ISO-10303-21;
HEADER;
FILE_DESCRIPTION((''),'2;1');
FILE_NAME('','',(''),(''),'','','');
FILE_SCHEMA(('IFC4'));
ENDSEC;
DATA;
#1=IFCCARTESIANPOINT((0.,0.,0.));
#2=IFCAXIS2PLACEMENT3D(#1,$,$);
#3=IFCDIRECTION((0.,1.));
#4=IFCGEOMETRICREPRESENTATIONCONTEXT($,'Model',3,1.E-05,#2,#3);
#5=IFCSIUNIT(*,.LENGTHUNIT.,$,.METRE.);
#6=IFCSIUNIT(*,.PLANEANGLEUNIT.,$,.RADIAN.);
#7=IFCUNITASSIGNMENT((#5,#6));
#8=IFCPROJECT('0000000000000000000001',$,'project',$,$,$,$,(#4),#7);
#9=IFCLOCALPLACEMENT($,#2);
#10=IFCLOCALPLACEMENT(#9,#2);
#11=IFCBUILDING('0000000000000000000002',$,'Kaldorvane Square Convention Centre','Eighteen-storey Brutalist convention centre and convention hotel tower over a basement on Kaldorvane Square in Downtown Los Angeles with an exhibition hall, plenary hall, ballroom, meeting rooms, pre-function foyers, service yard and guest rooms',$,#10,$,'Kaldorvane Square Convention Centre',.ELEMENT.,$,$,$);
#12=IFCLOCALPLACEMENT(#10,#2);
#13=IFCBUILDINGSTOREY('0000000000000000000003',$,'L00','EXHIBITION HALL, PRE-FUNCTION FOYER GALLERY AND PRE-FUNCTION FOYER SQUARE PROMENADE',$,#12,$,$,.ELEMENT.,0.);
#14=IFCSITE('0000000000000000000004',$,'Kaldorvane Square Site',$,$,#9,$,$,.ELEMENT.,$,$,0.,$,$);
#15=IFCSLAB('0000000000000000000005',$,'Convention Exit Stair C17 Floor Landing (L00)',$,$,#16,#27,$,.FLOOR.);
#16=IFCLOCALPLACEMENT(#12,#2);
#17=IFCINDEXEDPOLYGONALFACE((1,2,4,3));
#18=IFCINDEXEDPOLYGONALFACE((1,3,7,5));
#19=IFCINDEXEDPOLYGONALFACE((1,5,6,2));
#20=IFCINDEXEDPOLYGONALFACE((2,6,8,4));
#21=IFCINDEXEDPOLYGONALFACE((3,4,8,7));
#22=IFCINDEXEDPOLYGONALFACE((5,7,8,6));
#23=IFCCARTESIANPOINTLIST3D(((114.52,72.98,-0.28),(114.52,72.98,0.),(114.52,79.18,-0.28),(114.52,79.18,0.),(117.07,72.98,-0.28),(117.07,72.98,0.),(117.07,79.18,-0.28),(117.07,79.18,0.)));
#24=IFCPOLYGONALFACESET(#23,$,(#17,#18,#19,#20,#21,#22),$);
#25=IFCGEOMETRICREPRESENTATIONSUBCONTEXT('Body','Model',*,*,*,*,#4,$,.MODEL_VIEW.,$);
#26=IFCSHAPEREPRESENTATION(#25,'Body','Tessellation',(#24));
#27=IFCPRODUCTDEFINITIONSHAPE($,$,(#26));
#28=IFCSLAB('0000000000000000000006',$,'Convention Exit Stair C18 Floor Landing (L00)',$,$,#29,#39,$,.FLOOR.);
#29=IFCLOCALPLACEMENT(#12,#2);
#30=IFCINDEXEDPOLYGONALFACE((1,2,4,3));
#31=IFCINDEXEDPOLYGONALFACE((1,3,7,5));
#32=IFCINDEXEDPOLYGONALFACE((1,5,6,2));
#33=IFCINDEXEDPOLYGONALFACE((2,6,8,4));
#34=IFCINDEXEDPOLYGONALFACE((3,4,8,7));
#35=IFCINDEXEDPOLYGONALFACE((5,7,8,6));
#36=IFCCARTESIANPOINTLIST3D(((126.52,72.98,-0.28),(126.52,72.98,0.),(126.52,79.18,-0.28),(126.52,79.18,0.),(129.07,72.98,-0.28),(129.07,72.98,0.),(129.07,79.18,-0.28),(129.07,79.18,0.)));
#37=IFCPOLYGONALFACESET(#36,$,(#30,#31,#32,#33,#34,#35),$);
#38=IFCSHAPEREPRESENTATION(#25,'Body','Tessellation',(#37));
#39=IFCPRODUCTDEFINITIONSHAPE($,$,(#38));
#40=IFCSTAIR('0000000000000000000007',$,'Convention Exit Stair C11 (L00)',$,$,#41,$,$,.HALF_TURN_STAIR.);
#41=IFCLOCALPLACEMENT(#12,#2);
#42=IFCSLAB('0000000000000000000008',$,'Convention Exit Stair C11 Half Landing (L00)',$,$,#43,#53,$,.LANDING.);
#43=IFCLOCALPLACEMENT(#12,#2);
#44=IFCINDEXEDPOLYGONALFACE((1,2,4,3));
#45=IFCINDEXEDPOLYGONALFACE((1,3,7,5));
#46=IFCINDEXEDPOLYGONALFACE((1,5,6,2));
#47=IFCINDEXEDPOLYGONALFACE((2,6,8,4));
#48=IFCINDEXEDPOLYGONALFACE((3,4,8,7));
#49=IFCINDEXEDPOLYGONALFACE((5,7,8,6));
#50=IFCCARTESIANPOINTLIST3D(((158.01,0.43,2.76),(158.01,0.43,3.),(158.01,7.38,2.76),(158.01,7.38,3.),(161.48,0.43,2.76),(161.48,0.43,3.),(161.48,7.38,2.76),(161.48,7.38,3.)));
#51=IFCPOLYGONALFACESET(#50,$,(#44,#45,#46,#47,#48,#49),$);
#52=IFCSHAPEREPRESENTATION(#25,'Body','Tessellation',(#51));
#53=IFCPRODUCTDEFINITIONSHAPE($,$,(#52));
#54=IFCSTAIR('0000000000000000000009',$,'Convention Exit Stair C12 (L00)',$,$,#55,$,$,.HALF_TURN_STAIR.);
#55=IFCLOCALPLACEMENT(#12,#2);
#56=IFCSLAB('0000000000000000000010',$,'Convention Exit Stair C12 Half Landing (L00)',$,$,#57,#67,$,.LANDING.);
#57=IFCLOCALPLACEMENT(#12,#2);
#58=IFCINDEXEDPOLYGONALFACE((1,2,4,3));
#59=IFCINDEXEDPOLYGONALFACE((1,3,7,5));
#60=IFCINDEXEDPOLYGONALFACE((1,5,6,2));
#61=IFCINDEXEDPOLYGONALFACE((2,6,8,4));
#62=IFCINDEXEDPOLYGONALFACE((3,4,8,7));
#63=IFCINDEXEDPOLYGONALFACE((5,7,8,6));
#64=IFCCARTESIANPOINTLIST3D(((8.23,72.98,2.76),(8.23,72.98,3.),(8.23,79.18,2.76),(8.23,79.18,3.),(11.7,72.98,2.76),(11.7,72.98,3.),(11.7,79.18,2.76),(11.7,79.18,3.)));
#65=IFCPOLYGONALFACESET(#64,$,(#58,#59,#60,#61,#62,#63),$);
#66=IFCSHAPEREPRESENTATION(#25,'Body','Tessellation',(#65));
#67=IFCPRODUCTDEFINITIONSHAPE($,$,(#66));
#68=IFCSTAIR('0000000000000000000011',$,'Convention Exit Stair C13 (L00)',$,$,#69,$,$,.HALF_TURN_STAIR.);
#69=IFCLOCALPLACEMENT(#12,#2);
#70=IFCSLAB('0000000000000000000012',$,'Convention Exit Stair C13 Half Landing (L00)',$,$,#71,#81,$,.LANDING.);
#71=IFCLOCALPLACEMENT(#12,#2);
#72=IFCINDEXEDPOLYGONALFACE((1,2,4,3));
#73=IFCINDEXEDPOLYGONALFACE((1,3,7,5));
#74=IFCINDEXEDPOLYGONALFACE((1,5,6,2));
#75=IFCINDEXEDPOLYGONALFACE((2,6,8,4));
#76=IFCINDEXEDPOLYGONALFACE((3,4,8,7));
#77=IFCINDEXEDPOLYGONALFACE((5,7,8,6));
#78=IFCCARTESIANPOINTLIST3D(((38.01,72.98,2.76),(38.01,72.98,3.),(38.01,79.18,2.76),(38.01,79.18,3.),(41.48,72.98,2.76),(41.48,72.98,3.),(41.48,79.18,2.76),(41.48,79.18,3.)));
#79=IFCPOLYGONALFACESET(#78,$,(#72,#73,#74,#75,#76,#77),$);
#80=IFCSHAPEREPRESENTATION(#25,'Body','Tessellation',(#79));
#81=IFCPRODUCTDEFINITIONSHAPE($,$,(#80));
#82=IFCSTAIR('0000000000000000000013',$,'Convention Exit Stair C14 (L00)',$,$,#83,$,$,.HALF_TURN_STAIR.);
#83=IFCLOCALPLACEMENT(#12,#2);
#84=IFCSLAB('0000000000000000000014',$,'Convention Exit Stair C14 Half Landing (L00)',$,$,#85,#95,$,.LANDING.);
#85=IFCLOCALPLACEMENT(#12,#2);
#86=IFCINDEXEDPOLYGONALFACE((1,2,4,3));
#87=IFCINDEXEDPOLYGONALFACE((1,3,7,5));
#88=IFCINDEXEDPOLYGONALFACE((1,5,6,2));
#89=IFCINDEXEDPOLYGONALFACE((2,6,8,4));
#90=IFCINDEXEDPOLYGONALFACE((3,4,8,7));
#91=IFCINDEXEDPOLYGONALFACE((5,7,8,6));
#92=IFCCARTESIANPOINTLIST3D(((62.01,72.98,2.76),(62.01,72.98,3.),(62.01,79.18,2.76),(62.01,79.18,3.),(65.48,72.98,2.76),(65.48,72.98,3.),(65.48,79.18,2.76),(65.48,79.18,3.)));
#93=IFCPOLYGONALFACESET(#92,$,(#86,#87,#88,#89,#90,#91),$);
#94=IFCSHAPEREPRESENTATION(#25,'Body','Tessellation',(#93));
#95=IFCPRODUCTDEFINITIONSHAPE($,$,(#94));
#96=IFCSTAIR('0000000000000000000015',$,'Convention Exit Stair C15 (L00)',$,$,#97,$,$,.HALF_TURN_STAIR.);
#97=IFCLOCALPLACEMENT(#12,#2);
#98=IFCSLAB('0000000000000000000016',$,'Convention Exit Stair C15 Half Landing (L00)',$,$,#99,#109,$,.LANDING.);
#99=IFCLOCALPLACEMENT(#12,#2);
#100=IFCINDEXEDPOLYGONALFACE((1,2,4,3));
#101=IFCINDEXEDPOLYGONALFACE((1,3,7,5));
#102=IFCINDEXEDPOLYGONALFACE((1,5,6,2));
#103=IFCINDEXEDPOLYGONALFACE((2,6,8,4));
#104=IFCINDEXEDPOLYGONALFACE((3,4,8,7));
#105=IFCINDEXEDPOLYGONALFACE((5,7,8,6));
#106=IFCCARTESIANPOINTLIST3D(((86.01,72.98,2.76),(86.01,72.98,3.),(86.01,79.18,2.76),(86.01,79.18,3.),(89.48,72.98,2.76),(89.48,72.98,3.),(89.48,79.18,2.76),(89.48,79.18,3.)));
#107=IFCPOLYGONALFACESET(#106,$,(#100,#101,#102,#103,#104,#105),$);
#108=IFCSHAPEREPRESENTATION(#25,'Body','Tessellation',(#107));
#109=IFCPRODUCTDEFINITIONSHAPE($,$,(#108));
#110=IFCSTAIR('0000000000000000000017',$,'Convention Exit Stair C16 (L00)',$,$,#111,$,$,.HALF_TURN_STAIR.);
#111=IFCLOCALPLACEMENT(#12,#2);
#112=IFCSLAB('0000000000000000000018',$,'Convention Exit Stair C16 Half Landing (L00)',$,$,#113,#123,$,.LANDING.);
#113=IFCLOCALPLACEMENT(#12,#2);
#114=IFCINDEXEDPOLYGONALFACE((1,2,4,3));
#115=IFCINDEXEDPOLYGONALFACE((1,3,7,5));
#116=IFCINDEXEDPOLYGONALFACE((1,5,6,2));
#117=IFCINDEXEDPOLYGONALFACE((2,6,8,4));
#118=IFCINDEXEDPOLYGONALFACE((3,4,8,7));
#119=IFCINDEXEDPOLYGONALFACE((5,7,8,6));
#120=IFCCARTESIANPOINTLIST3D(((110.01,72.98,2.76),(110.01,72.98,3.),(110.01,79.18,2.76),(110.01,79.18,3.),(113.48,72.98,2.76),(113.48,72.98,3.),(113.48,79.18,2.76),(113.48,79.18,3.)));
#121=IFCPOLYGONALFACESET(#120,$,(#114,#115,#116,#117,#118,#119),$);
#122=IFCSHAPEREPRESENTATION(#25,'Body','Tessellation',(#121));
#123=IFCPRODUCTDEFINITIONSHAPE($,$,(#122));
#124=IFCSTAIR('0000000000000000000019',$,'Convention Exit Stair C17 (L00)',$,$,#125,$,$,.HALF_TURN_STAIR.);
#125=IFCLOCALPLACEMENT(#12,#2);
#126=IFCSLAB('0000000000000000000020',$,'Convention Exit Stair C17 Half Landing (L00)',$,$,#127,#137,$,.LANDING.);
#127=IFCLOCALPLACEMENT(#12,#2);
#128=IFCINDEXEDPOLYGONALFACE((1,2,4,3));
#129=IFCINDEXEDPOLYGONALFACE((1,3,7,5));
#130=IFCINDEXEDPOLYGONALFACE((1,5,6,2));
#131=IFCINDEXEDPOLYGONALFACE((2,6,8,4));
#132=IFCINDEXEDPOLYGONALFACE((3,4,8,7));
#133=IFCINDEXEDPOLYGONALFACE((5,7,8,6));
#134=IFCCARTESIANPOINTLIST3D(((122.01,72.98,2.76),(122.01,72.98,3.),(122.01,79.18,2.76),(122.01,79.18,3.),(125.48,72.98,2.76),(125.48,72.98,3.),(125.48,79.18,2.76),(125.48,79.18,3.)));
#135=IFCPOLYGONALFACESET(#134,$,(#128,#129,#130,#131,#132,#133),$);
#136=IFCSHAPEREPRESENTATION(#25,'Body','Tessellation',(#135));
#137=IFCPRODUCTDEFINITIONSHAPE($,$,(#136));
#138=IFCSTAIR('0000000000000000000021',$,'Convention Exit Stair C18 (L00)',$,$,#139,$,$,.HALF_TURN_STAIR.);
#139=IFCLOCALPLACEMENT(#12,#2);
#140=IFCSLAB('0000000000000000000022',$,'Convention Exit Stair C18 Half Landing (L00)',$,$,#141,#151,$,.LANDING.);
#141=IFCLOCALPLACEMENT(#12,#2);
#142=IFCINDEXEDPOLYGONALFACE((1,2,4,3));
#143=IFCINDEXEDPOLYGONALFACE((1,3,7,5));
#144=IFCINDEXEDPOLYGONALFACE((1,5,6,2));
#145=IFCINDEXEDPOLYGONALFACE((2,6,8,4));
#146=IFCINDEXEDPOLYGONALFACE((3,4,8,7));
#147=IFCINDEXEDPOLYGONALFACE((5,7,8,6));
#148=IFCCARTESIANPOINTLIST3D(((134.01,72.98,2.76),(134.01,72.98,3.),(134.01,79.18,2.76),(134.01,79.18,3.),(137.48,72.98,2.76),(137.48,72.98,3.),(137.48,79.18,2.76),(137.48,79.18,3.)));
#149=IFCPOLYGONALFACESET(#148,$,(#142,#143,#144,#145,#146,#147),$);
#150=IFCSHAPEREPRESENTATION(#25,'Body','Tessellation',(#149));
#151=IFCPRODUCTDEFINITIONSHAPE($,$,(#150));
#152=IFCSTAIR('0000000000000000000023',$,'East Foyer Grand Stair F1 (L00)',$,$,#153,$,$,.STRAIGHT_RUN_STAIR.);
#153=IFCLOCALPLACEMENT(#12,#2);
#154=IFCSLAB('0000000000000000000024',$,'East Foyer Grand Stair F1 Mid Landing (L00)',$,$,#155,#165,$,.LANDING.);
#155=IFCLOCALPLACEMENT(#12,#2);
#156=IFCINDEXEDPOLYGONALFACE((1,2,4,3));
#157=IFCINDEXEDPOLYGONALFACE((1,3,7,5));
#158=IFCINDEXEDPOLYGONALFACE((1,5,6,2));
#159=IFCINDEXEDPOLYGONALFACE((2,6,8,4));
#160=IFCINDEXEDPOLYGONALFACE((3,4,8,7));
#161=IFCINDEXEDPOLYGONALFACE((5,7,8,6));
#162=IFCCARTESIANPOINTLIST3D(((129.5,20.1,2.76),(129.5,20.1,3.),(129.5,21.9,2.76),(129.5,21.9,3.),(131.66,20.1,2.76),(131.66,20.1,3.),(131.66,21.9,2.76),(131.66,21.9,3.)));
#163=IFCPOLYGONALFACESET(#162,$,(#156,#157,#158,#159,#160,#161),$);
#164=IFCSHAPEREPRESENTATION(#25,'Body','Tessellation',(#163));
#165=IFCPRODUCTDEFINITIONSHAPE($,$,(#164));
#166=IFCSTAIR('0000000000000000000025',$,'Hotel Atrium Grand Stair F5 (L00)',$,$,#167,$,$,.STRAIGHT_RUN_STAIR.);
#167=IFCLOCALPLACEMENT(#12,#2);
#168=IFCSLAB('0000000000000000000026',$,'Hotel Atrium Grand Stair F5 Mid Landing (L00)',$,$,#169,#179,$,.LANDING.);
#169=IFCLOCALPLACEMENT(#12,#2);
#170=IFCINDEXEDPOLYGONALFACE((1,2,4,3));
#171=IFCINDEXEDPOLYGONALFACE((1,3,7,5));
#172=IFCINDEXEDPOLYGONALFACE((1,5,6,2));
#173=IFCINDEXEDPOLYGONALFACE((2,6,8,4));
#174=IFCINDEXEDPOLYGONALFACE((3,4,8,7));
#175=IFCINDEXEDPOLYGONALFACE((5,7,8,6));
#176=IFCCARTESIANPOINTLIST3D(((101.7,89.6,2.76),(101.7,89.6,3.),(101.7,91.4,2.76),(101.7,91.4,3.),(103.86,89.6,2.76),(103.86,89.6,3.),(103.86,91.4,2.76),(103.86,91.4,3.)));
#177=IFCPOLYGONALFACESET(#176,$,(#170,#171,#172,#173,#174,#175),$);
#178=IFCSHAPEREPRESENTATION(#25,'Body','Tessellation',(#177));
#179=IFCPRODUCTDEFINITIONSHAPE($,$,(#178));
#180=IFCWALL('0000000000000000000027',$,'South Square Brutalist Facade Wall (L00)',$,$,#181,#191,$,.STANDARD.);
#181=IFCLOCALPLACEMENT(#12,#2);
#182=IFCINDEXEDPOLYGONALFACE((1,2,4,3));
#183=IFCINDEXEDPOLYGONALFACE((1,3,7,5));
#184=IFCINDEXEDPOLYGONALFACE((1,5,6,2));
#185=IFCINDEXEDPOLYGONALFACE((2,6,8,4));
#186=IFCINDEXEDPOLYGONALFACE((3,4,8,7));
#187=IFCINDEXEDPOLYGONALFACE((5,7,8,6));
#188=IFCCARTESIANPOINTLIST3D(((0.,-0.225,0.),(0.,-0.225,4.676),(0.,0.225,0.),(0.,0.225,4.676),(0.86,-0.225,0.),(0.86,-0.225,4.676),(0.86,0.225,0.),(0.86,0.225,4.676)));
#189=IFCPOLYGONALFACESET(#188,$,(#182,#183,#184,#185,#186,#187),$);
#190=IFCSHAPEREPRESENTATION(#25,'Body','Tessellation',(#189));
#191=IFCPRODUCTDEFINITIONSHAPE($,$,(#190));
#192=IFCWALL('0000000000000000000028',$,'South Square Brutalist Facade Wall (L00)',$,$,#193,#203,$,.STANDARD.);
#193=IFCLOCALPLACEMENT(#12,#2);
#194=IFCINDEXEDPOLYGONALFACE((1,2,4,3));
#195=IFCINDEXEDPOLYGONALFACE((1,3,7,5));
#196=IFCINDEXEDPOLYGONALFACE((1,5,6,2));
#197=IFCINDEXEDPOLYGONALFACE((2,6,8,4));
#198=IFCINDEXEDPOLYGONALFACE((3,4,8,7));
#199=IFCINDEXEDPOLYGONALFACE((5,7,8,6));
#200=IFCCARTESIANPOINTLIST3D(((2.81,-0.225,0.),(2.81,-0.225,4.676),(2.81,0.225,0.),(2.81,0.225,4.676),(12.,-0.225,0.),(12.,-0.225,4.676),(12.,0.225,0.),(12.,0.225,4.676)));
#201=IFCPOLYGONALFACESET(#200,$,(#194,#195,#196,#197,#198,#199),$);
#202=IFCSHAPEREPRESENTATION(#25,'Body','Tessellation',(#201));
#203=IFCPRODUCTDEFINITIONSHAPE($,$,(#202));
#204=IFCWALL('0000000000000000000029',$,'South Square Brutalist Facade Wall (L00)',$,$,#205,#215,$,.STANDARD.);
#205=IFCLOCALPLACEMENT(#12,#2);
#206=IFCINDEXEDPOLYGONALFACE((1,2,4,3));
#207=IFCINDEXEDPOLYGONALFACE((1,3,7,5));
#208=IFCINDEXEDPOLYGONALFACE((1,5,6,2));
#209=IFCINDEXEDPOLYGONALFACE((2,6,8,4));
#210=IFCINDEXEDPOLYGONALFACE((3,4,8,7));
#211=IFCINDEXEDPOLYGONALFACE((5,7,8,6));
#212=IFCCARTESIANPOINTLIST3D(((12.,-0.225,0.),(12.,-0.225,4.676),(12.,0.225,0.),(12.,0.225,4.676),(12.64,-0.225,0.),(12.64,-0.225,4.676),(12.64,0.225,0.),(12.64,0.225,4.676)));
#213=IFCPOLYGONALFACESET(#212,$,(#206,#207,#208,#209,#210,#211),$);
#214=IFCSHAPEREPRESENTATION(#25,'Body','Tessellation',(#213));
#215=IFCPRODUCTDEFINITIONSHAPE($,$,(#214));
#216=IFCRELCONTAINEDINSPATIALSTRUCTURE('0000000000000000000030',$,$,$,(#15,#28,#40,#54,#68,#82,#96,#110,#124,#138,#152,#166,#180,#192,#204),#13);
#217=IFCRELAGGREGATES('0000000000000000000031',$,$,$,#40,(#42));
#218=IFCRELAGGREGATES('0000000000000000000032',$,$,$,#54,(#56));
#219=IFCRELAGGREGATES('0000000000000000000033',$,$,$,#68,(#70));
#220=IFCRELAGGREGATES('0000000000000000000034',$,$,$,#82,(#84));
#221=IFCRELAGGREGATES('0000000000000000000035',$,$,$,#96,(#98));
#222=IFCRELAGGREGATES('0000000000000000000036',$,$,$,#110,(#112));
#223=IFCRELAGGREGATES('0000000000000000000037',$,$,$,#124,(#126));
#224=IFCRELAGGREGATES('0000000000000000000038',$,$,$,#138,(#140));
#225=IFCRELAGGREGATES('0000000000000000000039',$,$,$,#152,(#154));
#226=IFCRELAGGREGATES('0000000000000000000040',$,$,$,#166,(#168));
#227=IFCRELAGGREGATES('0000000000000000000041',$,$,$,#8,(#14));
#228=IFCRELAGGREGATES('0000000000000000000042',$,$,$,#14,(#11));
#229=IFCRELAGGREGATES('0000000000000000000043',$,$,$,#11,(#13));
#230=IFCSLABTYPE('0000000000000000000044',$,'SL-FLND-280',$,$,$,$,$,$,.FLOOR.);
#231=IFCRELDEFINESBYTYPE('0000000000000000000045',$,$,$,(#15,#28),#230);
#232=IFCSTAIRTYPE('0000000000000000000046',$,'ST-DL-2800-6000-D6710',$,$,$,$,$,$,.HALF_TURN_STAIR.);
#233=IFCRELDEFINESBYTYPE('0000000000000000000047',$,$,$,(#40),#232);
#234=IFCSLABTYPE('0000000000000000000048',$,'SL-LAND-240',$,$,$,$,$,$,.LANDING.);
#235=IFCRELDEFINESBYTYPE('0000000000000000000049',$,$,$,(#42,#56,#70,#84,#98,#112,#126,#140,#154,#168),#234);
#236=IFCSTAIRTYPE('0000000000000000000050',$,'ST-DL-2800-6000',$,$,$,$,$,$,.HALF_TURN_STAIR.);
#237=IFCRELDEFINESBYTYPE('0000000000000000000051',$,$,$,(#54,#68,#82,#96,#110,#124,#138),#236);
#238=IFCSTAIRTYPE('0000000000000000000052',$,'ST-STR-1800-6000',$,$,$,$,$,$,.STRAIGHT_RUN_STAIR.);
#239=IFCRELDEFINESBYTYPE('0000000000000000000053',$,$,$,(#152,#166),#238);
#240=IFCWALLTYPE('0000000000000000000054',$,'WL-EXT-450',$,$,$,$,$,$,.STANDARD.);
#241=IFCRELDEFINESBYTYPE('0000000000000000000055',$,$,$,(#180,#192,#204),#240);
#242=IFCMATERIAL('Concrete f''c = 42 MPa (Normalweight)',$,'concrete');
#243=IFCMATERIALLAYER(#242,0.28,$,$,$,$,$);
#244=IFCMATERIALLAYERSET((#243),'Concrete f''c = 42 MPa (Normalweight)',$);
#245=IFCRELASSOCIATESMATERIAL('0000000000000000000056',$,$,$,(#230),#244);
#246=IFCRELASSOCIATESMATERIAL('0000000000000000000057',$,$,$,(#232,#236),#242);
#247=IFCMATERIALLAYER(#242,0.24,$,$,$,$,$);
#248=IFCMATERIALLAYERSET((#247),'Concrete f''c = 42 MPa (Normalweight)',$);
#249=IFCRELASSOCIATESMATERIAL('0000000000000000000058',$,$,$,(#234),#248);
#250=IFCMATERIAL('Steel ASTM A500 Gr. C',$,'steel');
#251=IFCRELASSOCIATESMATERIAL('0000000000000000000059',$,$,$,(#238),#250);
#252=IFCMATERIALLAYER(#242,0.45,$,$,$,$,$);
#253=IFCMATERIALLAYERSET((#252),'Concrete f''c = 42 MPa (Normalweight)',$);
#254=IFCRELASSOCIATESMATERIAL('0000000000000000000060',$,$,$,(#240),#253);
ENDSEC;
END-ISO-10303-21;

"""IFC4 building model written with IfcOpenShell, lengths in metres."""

from ifc_helpers import new_model, si_unit, direction, frame, frame_2d, origin, origin_with_axes, place, context, subcontext, project, spatial, polyline, rectangle, outline, extrude, material, layer, layer_set, type_object, element, aggregate, save


model = new_model("IFC4")

# Units and contexts
model_context = context("Model", 3, precision=1e-05, world=origin(), true_north=direction((0.0, 1.0)))
body_context = subcontext(model_context, "Body", "Model", "MODEL_VIEW")
ifc_project = project(units=[si_unit("LENGTHUNIT", "METRE"), si_unit("PLANEANGLEUNIT", "RADIAN")], contexts=[model_context])

# Site, building, storey
site_placement = place(None, origin())
site = spatial("IfcSite", under=ifc_project, at=site_placement, Name="Kaldorvane Square Site", CompositionType="ELEMENT", RefElevation=0.0)
building_placement = place(site_placement, origin())
building = spatial("IfcBuilding", under=site, at=building_placement, Name="Kaldorvane Square Convention Centre", Description="Eighteen-storey Brutalist convention centre and convention hotel tower over a basement on Kaldorvane Square in Downtown Los Angeles with an exhibition hall, plenary hall, ballroom, meeting rooms, pre-function foyers, service yard and guest rooms", LongName="Kaldorvane Square Convention Centre", CompositionType="ELEMENT")
storey_placement = place(building_placement, origin())
storey = spatial("IfcBuildingStorey", under=building, at=storey_placement, Name="L00", Description="EXHIBITION HALL, PRE-FUNCTION FOYER GALLERY AND PRE-FUNCTION FOYER SQUARE PROMENADE", CompositionType="ELEMENT", Elevation=0.0)

# Shared definitions
ifc_material_1 = material(Name="Concrete f'c = 42 MPa (Normalweight)", Category="concrete")

# Shared definitions
ifc_material_2 = material(Name="Steel ASTM A500 Gr. C", Category="steel")

# Slabs
ifc_layer_1 = layer(ifc_material_1, 0.28)
ifc_layer_set_1 = layer_set([ifc_layer_1], Name="Concrete f'c = 42 MPa (Normalweight)")
slab_type_1 = type_object("IfcSlabType", Name="SL-FLND-280", PredefinedType="FLOOR", material=ifc_layer_set_1)
slab_1_placement = place(storey_placement, frame((0.0, 0.0, -0.28)))
element("IfcSlab", 1, at=slab_1_placement, inside=storey, type_object=slab_type_1, Name="Convention Exit Stair C17 Floor Landing (L00)", PredefinedType="FLOOR", context=body_context, shape_type="SweptSolid", body=[
    extrude(outline(polyline([(114.52, 72.98), (117.07, 72.98), (117.07, 79.18), (114.52, 79.18), (114.52, 72.98)])), origin(), (0.0, 0.0, 1.0), 0.28),
])
slab_2_placement = place(storey_placement, frame((0.0, 0.0, -0.28)))
element("IfcSlab", 2, at=slab_2_placement, inside=storey, type_object=slab_type_1, Name="Convention Exit Stair C18 Floor Landing (L00)", PredefinedType="FLOOR", context=body_context, shape_type="SweptSolid", body=[
    extrude(outline(polyline([(126.52, 72.98), (129.07, 72.98), (129.07, 79.18), (126.52, 79.18), (126.52, 72.98)])), origin(), (0.0, 0.0, 1.0), 0.28),
])

# Stairs, slabs
stair_type_1 = type_object("IfcStairType", Name="ST-DL-2800-6000-D6710", PredefinedType="HALF_TURN_STAIR", material=ifc_material_1)
stair_1_placement = place(storey_placement, origin())
stair_1 = element("IfcStair", 3, at=stair_1_placement, inside=storey, type_object=stair_type_1, Name="Convention Exit Stair C11 (L00)", PredefinedType="HALF_TURN_STAIR")
ifc_layer_2 = layer(ifc_material_1, 0.24)
ifc_layer_set_2 = layer_set([ifc_layer_2], Name="Concrete f'c = 42 MPa (Normalweight)")
slab_type_2 = type_object("IfcSlabType", Name="SL-LAND-240", PredefinedType="LANDING", material=ifc_layer_set_2)
slab_3_placement = place(storey_placement, frame((0.0, 0.0, 2.76)))
slab_3 = element("IfcSlab", 4, at=slab_3_placement, type_object=slab_type_2, Name="Convention Exit Stair C11 Half Landing (L00)", PredefinedType="LANDING", context=body_context, shape_type="SweptSolid", body=[
    extrude(outline(polyline([(158.01, 0.43), (161.48, 0.43), (161.48, 7.38), (158.01, 7.38), (158.01, 0.43)])), origin(), (0.0, 0.0, 1.0), 0.24),
])
aggregate(stair_1, [slab_3])
stair_type_2 = type_object("IfcStairType", Name="ST-DL-2800-6000", PredefinedType="HALF_TURN_STAIR", material=ifc_material_1)
stair_2_placement = place(storey_placement, origin())
stair_2 = element("IfcStair", 5, at=stair_2_placement, inside=storey, type_object=stair_type_2, Name="Convention Exit Stair C12 (L00)", PredefinedType="HALF_TURN_STAIR")
slab_4_placement = place(storey_placement, frame((0.0, 0.0, 2.76)))
slab_4 = element("IfcSlab", 6, at=slab_4_placement, type_object=slab_type_2, Name="Convention Exit Stair C12 Half Landing (L00)", PredefinedType="LANDING", context=body_context, shape_type="SweptSolid", body=[
    extrude(outline(polyline([(8.23, 72.98), (11.7, 72.98), (11.7, 79.18), (8.23, 79.18), (8.23, 72.98)])), origin(), (0.0, 0.0, 1.0), 0.24),
])
aggregate(stair_2, [slab_4])
stair_3_placement = place(storey_placement, origin())
stair_3 = element("IfcStair", 7, at=stair_3_placement, inside=storey, type_object=stair_type_2, Name="Convention Exit Stair C13 (L00)", PredefinedType="HALF_TURN_STAIR")
slab_5_placement = place(storey_placement, frame((0.0, 0.0, 2.76)))
slab_5 = element("IfcSlab", 8, at=slab_5_placement, type_object=slab_type_2, Name="Convention Exit Stair C13 Half Landing (L00)", PredefinedType="LANDING", context=body_context, shape_type="SweptSolid", body=[
    extrude(outline(polyline([(38.01, 72.98), (41.48, 72.98), (41.48, 79.18), (38.01, 79.18), (38.01, 72.98)])), origin(), (0.0, 0.0, 1.0), 0.24),
])
aggregate(stair_3, [slab_5])
stair_4_placement = place(storey_placement, origin())
stair_4 = element("IfcStair", 9, at=stair_4_placement, inside=storey, type_object=stair_type_2, Name="Convention Exit Stair C14 (L00)", PredefinedType="HALF_TURN_STAIR")
slab_6_placement = place(storey_placement, frame((0.0, 0.0, 2.76)))
slab_6 = element("IfcSlab", 10, at=slab_6_placement, type_object=slab_type_2, Name="Convention Exit Stair C14 Half Landing (L00)", PredefinedType="LANDING", context=body_context, shape_type="SweptSolid", body=[
    extrude(outline(polyline([(62.01, 72.98), (65.48, 72.98), (65.48, 79.18), (62.01, 79.18), (62.01, 72.98)])), origin(), (0.0, 0.0, 1.0), 0.24),
])
aggregate(stair_4, [slab_6])
stair_5_placement = place(storey_placement, origin())
stair_5 = element("IfcStair", 11, at=stair_5_placement, inside=storey, type_object=stair_type_2, Name="Convention Exit Stair C15 (L00)", PredefinedType="HALF_TURN_STAIR")
slab_7_placement = place(storey_placement, frame((0.0, 0.0, 2.76)))
slab_7 = element("IfcSlab", 12, at=slab_7_placement, type_object=slab_type_2, Name="Convention Exit Stair C15 Half Landing (L00)", PredefinedType="LANDING", context=body_context, shape_type="SweptSolid", body=[
    extrude(outline(polyline([(86.01, 72.98), (89.48, 72.98), (89.48, 79.18), (86.01, 79.18), (86.01, 72.98)])), origin(), (0.0, 0.0, 1.0), 0.24),
])
aggregate(stair_5, [slab_7])
stair_6_placement = place(storey_placement, origin())
stair_6 = element("IfcStair", 13, at=stair_6_placement, inside=storey, type_object=stair_type_2, Name="Convention Exit Stair C16 (L00)", PredefinedType="HALF_TURN_STAIR")
slab_8_placement = place(storey_placement, frame((0.0, 0.0, 2.76)))
slab_8 = element("IfcSlab", 14, at=slab_8_placement, type_object=slab_type_2, Name="Convention Exit Stair C16 Half Landing (L00)", PredefinedType="LANDING", context=body_context, shape_type="SweptSolid", body=[
    extrude(outline(polyline([(110.01, 72.98), (113.48, 72.98), (113.48, 79.18), (110.01, 79.18), (110.01, 72.98)])), origin(), (0.0, 0.0, 1.0), 0.24),
])
aggregate(stair_6, [slab_8])
stair_7_placement = place(storey_placement, origin())
stair_7 = element("IfcStair", 15, at=stair_7_placement, inside=storey, type_object=stair_type_2, Name="Convention Exit Stair C17 (L00)", PredefinedType="HALF_TURN_STAIR")
slab_9_placement = place(storey_placement, frame((0.0, 0.0, 2.76)))
slab_9 = element("IfcSlab", 16, at=slab_9_placement, type_object=slab_type_2, Name="Convention Exit Stair C17 Half Landing (L00)", PredefinedType="LANDING", context=body_context, shape_type="SweptSolid", body=[
    extrude(outline(polyline([(122.01, 72.98), (125.48, 72.98), (125.48, 79.18), (122.01, 79.18), (122.01, 72.98)])), origin(), (0.0, 0.0, 1.0), 0.24),
])
aggregate(stair_7, [slab_9])
stair_8_placement = place(storey_placement, origin())
stair_8 = element("IfcStair", 17, at=stair_8_placement, inside=storey, type_object=stair_type_2, Name="Convention Exit Stair C18 (L00)", PredefinedType="HALF_TURN_STAIR")
slab_10_placement = place(storey_placement, frame((0.0, 0.0, 2.76)))
slab_10 = element("IfcSlab", 18, at=slab_10_placement, type_object=slab_type_2, Name="Convention Exit Stair C18 Half Landing (L00)", PredefinedType="LANDING", context=body_context, shape_type="SweptSolid", body=[
    extrude(outline(polyline([(134.01, 72.98), (137.48, 72.98), (137.48, 79.18), (134.01, 79.18), (134.01, 72.98)])), origin(), (0.0, 0.0, 1.0), 0.24),
])
aggregate(stair_8, [slab_10])
stair_type_3 = type_object("IfcStairType", Name="ST-STR-1800-6000", PredefinedType="STRAIGHT_RUN_STAIR", material=ifc_material_2)
stair_9_placement = place(storey_placement, origin())
stair_9 = element("IfcStair", 19, at=stair_9_placement, inside=storey, type_object=stair_type_3, Name="East Foyer Grand Stair F1 (L00)", PredefinedType="STRAIGHT_RUN_STAIR")
slab_11_placement = place(storey_placement, frame((0.0, 0.0, 2.76)))
slab_11 = element("IfcSlab", 20, at=slab_11_placement, type_object=slab_type_2, Name="East Foyer Grand Stair F1 Mid Landing (L00)", PredefinedType="LANDING", context=body_context, shape_type="SweptSolid", body=[
    extrude(outline(polyline([(129.5, 20.1), (131.66, 20.1), (131.66, 21.9), (129.5, 21.9), (129.5, 20.1)])), origin(), (0.0, 0.0, 1.0), 0.24),
])
aggregate(stair_9, [slab_11])
stair_10_placement = place(storey_placement, origin())
stair_10 = element("IfcStair", 21, at=stair_10_placement, inside=storey, type_object=stair_type_3, Name="Hotel Atrium Grand Stair F5 (L00)", PredefinedType="STRAIGHT_RUN_STAIR")
slab_12_placement = place(storey_placement, frame((0.0, 0.0, 2.76)))
slab_12 = element("IfcSlab", 22, at=slab_12_placement, type_object=slab_type_2, Name="Hotel Atrium Grand Stair F5 Mid Landing (L00)", PredefinedType="LANDING", context=body_context, shape_type="SweptSolid", body=[
    extrude(outline(polyline([(101.7, 89.6), (103.86, 89.6), (103.86, 91.4), (101.7, 91.4), (101.7, 89.6)])), origin(), (0.0, 0.0, 1.0), 0.24),
])
aggregate(stair_10, [slab_12])

# Walls
ifc_layer_3 = layer(ifc_material_1, 0.45)
ifc_layer_set_3 = layer_set([ifc_layer_3], Name="Concrete f'c = 42 MPa (Normalweight)")
wall_type_1 = type_object("IfcWallType", Name="WL-EXT-450", PredefinedType="STANDARD", material=ifc_layer_set_3)
wall_1_placement = place(storey_placement, origin_with_axes())
element("IfcWall", 23, at=wall_1_placement, inside=storey, type_object=wall_type_1, Name="South Square Brutalist Facade Wall (L00)", PredefinedType="STANDARD", context=body_context, shape_type="SweptSolid", body=[
    extrude(rectangle(XDim=0.86, YDim=0.45, at=frame_2d((0.43, 0.0))), origin(), (0.0, 0.0, 1.0), 4.676),
])
wall_2_placement = place(storey_placement, frame((2.81, 0.0, 0.0), z_axis=(0.0, 0.0, 1.0), x_axis=(1.0, 0.0, 0.0)))
element("IfcWall", 24, at=wall_2_placement, inside=storey, type_object=wall_type_1, Name="South Square Brutalist Facade Wall (L00)", PredefinedType="STANDARD", context=body_context, shape_type="SweptSolid", body=[
    extrude(rectangle(XDim=9.19, YDim=0.45, at=frame_2d((4.595, 0.0))), origin(), (0.0, 0.0, 1.0), 4.676),
])
wall_3_placement = place(storey_placement, frame((12.0, 0.0, 0.0), z_axis=(0.0, 0.0, 1.0), x_axis=(1.0, 0.0, 0.0)))
element("IfcWall", 25, at=wall_3_placement, inside=storey, type_object=wall_type_1, Name="South Square Brutalist Facade Wall (L00)", PredefinedType="STANDARD", context=body_context, shape_type="SweptSolid", body=[
    extrude(rectangle(XDim=0.64, YDim=0.45, at=frame_2d((0.32, 0.0))), origin(), (0.0, 0.0, 1.0), 4.676),
])

save(model, "model.ifc")
